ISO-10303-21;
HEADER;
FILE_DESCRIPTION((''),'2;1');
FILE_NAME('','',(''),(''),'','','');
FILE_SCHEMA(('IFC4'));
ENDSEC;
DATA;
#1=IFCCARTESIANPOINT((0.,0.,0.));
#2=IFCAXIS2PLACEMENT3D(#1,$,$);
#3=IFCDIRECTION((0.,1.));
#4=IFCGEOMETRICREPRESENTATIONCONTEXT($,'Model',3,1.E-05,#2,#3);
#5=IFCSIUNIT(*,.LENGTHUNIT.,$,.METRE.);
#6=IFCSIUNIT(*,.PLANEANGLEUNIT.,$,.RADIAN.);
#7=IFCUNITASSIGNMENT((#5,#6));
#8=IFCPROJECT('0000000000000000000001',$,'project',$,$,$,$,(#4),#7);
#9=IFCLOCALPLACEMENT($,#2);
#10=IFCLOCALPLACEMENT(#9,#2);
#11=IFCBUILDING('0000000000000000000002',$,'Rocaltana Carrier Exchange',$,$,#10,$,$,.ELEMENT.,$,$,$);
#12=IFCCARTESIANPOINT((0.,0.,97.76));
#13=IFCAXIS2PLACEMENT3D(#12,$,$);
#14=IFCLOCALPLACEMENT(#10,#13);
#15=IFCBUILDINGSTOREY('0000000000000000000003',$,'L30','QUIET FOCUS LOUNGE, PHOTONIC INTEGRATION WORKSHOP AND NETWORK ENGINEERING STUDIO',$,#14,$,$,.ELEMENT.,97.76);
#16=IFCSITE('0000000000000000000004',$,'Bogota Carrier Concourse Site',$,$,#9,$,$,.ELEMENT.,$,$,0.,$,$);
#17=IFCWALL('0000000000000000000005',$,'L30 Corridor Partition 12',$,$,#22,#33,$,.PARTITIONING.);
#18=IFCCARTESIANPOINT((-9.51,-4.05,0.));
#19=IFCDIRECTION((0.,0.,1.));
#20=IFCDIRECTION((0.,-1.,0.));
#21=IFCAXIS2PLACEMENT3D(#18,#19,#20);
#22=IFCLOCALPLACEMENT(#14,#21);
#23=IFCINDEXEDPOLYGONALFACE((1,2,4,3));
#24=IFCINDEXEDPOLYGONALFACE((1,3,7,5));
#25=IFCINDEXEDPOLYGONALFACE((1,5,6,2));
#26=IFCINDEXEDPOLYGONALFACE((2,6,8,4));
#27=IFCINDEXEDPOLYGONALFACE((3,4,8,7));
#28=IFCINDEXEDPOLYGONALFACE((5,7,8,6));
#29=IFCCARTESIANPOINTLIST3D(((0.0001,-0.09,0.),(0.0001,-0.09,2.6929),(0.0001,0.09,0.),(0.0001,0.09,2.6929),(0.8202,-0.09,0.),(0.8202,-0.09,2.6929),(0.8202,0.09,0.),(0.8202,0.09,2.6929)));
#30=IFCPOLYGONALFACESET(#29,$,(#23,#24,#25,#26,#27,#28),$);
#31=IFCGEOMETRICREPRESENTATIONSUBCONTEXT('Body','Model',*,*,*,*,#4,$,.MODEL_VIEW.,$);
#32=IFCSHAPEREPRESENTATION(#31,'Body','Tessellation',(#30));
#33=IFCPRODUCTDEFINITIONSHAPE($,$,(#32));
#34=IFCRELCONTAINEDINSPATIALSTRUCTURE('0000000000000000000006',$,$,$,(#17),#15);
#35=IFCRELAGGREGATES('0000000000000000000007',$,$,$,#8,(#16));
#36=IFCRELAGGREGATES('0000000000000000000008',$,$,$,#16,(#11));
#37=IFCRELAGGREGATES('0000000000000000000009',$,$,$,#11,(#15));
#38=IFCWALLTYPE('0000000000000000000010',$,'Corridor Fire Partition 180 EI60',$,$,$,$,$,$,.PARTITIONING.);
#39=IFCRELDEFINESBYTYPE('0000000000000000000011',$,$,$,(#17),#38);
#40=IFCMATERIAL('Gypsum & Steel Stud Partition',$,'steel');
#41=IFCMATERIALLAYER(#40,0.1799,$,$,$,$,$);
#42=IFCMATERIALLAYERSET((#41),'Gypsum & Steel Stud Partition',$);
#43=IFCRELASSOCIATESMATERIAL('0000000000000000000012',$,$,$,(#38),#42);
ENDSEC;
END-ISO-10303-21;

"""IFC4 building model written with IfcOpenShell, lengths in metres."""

from ifc_helpers import new_model, si_unit, direction, frame, frame_2d, origin, place, context, subcontext, project, spatial, rectangle, extrude, material, layer, layer_set, type_object, element, save


model = new_model("IFC4")

# Units and contexts
model_context = context("Model", 3, precision=1e-05, world=origin(), true_north=direction((0.0, 1.0)))
body_context = subcontext(model_context, "Body", "Model", "MODEL_VIEW")
ifc_project = project(units=[si_unit("LENGTHUNIT", "METRE"), si_unit("PLANEANGLEUNIT", "RADIAN")], contexts=[model_context])

# Site, building, storey
site_placement = place(None, origin())
site = spatial("IfcSite", under=ifc_project, at=site_placement, Name="Bogota Carrier Concourse Site", CompositionType="ELEMENT", RefElevation=0.0)
building_placement = place(site_placement, origin())
building = spatial("IfcBuilding", under=site, at=building_placement, Name="Rocaltana Carrier Exchange", CompositionType="ELEMENT")
storey_placement = place(building_placement, frame((0.0, 0.0, 97.76)))
storey = spatial("IfcBuildingStorey", under=building, at=storey_placement, Name="L30", Description="QUIET FOCUS LOUNGE, PHOTONIC INTEGRATION WORKSHOP AND NETWORK ENGINEERING STUDIO", CompositionType="ELEMENT", Elevation=97.76)

# Wall
ifc_material_1 = material(Name="Gypsum & Steel Stud Partition", Category="steel")
ifc_layer_1 = layer(ifc_material_1, 0.1799)
ifc_layer_set_1 = layer_set([ifc_layer_1], Name="Gypsum & Steel Stud Partition")
wall_type_1 = type_object("IfcWallType", Name="Corridor Fire Partition 180 EI60", PredefinedType="PARTITIONING", material=ifc_layer_set_1)
wall_1_placement = place(storey_placement, frame((-9.51, -4.05, 0.0), z_axis=(0.0, 0.0, 1.0), x_axis=(0.0, -1.0, 0.0)))
element("IfcWall", 1, at=wall_1_placement, inside=storey, type_object=wall_type_1, Name="L30 Corridor Partition 12", PredefinedType="PARTITIONING", context=body_context, shape_type="SweptSolid", body=[
    extrude(rectangle(XDim=0.8201, YDim=0.1799, at=frame_2d((0.4102, 0.0))), origin(), (0.0, 0.0, 1.0), 2.6929),
])

save(model, "model.ifc")
